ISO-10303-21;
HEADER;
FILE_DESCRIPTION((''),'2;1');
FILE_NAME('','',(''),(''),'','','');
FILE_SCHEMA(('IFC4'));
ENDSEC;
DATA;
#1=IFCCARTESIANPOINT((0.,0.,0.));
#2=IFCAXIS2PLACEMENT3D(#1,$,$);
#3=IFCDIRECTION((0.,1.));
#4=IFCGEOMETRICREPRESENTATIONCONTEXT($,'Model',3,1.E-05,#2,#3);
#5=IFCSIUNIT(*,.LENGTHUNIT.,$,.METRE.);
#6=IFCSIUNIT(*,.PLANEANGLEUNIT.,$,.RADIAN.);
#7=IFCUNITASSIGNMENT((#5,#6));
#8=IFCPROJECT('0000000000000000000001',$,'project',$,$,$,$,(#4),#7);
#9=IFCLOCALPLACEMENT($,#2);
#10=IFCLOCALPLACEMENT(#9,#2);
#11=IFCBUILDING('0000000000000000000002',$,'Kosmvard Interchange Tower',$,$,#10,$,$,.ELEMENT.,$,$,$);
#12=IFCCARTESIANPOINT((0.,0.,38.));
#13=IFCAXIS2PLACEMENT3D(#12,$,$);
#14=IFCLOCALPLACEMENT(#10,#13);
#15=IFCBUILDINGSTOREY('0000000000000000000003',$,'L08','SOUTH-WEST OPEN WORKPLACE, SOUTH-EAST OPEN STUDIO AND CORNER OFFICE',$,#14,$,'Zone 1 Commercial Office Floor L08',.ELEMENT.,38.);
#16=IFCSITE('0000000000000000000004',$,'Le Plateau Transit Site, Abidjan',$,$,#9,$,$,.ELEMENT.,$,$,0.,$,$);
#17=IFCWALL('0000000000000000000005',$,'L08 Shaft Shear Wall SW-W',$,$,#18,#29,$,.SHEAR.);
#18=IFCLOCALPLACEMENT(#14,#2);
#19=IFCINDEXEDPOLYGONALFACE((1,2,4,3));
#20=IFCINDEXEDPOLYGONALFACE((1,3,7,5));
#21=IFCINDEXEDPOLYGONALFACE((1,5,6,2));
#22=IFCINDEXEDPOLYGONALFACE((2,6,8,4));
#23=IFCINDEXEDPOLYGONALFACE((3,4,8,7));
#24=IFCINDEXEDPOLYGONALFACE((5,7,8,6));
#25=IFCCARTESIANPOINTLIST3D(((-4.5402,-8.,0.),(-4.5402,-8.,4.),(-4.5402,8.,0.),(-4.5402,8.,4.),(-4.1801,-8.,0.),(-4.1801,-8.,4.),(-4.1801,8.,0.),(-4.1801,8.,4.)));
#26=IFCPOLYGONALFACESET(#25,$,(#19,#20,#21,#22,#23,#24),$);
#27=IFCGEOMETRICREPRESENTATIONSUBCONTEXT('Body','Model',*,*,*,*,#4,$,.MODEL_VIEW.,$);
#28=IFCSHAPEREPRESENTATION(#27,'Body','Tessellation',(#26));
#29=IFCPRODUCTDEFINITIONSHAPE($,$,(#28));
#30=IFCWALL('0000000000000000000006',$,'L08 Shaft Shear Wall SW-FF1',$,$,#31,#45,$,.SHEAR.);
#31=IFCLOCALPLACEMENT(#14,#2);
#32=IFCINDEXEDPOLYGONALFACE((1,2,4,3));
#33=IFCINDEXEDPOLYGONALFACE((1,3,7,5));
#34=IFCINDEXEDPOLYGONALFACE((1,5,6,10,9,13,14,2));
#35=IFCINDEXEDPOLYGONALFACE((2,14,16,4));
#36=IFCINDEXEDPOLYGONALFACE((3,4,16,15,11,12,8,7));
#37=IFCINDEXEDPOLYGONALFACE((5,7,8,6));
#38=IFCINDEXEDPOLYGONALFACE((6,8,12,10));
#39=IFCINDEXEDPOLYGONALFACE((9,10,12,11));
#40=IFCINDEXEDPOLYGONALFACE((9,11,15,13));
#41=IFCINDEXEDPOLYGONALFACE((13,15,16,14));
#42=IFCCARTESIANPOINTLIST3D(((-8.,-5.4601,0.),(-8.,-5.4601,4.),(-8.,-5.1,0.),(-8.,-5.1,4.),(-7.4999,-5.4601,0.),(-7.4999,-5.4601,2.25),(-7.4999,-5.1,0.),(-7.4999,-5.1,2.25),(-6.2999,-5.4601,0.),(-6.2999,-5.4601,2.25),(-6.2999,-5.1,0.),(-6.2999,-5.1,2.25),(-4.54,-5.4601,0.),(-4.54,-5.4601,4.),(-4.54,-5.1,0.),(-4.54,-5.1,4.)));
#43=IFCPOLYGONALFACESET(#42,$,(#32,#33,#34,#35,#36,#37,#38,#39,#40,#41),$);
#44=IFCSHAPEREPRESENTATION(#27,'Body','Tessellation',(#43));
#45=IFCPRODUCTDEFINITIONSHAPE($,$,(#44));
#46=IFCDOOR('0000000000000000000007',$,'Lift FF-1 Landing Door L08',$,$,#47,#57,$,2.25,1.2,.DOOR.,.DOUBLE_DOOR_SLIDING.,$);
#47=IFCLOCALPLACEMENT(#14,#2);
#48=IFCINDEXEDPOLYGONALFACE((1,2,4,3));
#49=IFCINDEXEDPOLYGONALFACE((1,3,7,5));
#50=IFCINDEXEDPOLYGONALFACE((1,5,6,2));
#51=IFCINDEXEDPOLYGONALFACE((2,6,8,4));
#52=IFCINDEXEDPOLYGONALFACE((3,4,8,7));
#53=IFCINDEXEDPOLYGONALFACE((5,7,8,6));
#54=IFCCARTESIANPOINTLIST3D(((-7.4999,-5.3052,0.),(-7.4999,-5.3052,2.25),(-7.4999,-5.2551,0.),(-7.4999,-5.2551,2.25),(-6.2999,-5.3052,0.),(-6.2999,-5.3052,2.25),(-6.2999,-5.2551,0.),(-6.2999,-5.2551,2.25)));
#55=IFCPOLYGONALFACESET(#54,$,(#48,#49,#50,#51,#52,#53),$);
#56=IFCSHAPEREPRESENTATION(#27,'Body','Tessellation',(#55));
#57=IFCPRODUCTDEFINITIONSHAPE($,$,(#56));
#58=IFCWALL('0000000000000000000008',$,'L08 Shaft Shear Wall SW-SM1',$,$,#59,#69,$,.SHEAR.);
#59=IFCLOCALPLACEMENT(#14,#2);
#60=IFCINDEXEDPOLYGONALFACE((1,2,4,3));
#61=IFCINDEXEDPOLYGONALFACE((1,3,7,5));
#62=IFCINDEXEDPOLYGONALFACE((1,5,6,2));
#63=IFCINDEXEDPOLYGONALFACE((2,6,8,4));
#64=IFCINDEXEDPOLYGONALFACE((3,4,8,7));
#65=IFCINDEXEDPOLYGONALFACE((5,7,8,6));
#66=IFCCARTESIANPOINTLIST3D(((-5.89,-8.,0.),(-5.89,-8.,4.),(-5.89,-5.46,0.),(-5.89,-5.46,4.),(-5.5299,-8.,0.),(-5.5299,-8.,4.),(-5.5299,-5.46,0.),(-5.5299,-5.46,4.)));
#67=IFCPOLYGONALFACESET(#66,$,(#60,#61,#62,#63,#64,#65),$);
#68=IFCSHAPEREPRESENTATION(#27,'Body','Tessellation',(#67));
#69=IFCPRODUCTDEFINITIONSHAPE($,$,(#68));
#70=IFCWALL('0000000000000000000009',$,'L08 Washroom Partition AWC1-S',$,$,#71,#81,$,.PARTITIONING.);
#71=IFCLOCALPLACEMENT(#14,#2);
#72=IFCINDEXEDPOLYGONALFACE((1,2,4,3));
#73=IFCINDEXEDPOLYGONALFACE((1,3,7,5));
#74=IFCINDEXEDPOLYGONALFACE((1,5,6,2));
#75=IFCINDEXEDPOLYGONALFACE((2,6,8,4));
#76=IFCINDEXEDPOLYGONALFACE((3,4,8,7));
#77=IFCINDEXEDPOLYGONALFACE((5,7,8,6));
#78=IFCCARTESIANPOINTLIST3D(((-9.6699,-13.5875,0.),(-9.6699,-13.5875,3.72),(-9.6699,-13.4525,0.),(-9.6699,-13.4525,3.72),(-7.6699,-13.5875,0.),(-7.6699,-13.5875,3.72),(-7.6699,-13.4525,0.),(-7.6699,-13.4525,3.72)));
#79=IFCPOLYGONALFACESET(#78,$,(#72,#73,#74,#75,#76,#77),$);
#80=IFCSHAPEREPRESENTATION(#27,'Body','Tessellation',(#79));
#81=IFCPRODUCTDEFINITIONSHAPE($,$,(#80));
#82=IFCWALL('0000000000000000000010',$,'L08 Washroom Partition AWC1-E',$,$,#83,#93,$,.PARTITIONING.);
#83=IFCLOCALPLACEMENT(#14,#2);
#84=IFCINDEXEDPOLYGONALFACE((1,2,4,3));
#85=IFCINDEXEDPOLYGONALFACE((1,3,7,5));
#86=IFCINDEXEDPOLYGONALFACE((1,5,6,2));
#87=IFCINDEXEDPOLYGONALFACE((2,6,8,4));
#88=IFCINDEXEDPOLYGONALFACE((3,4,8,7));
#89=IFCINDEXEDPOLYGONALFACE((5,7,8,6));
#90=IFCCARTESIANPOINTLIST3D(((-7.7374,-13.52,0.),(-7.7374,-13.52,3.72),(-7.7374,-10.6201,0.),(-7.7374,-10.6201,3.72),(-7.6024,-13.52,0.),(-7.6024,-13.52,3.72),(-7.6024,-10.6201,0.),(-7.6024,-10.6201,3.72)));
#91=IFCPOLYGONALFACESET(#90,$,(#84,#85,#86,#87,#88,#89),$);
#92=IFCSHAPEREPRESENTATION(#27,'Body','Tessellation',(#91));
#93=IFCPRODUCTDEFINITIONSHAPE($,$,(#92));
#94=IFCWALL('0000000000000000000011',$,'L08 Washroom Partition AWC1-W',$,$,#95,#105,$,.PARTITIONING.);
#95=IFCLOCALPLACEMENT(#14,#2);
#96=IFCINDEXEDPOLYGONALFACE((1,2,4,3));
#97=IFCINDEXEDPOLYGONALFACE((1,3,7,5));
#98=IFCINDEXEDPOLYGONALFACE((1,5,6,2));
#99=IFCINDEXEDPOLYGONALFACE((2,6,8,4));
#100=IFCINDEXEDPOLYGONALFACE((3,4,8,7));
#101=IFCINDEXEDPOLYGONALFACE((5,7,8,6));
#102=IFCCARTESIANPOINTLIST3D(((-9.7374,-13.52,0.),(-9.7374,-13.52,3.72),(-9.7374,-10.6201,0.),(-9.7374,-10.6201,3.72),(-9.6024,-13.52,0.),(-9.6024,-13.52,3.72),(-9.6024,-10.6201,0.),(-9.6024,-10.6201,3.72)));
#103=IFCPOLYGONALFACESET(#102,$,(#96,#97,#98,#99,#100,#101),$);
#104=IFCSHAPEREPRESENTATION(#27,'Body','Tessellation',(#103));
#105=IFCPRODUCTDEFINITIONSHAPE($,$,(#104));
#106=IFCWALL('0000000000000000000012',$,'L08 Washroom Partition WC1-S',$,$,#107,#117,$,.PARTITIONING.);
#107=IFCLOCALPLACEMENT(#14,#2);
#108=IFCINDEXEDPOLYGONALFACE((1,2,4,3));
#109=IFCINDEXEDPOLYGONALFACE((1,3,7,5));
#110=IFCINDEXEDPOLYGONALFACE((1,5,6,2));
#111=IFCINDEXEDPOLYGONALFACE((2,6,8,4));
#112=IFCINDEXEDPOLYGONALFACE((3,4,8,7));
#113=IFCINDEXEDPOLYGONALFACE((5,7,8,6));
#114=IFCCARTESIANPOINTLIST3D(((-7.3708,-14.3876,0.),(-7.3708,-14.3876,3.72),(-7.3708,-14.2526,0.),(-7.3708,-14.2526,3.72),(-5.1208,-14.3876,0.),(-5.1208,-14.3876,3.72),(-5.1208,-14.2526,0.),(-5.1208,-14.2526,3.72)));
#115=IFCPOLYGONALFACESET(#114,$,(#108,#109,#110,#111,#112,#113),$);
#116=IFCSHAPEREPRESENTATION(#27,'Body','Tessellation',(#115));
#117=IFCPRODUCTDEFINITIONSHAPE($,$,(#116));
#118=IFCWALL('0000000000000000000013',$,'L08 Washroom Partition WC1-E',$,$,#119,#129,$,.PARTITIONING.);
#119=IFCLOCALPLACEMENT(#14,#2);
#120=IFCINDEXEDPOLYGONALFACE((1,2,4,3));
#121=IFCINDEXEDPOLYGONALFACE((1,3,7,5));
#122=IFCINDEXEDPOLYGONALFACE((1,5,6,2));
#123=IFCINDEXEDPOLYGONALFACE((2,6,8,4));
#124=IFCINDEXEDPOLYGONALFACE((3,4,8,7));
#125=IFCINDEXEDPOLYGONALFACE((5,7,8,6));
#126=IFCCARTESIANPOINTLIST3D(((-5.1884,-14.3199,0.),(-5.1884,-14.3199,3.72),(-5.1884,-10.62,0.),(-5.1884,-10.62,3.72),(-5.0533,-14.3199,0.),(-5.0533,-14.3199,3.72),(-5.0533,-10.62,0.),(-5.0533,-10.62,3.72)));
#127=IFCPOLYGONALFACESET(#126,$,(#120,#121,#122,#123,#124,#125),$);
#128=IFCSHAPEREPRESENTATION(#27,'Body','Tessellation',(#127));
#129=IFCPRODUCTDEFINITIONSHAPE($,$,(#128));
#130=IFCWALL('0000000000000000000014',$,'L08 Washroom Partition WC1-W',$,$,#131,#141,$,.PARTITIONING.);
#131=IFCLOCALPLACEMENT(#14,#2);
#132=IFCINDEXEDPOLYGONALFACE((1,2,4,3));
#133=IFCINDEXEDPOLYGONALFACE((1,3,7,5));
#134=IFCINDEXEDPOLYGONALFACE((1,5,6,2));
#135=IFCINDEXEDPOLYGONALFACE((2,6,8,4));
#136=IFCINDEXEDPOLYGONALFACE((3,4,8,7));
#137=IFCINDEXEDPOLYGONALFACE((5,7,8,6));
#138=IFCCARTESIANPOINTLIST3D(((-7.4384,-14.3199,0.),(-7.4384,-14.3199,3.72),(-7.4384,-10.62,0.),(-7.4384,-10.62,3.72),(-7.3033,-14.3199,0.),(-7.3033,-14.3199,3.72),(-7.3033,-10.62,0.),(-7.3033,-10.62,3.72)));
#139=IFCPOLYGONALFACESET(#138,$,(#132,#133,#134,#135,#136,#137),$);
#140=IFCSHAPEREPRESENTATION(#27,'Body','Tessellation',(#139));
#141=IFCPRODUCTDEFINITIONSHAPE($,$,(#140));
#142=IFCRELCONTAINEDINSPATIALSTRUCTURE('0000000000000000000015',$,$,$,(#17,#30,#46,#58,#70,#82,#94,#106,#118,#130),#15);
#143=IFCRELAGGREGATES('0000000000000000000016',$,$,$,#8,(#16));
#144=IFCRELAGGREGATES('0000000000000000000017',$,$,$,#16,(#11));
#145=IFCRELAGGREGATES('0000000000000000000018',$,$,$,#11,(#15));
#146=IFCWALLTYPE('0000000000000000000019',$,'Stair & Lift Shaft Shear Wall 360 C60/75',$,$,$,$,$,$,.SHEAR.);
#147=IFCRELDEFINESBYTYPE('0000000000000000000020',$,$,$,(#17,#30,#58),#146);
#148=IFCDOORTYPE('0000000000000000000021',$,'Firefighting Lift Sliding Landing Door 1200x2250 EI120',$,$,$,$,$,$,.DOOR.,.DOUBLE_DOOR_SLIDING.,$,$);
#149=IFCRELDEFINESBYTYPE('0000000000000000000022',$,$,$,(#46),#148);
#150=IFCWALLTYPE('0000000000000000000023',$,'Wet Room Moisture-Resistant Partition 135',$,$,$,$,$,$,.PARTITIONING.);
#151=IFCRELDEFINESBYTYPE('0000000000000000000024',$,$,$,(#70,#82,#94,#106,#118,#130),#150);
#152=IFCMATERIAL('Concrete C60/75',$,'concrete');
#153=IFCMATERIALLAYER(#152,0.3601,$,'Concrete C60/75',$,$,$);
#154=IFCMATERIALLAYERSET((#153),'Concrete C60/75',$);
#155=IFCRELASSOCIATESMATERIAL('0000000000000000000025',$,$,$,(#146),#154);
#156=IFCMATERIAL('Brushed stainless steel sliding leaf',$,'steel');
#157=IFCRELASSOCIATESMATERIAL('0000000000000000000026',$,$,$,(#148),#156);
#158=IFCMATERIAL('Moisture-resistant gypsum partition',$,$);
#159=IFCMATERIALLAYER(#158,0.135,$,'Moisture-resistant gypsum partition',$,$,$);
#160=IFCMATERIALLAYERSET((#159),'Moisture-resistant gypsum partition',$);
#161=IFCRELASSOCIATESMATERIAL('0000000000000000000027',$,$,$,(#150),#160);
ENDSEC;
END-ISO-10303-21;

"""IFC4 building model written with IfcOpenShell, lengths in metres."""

from ifc_helpers import new_model, si_unit, direction, frame, frame_2d, origin, place, context, subcontext, project, spatial, rectangle, extrude, source, transform, mapped, material, layer, layer_set, type_object, element, fill, save


model = new_model("IFC4")

# Units and contexts
model_context = context("Model", 3, precision=1e-05, world=origin(), true_north=direction((0.0, 1.0)))
body_context = subcontext(model_context, "Body", "Model", "MODEL_VIEW")
ifc_project = project(units=[si_unit("LENGTHUNIT", "METRE"), si_unit("PLANEANGLEUNIT", "RADIAN")], contexts=[model_context])

# Site, building, storey
site_placement = place(None, origin())
site = spatial("IfcSite", under=ifc_project, at=site_placement, Name="Le Plateau Transit Site, Abidjan", CompositionType="ELEMENT", RefElevation=0.0)
building_placement = place(site_placement, origin())
building = spatial("IfcBuilding", under=site, at=building_placement, Name="Kosmvard Interchange Tower", CompositionType="ELEMENT")
storey_placement = place(building_placement, frame((0.0, 0.0, 38.0)))
storey = spatial("IfcBuildingStorey", under=building, at=storey_placement, Name="L08", Description="SOUTH-WEST OPEN WORKPLACE, SOUTH-EAST OPEN STUDIO AND CORNER OFFICE", LongName="Zone 1 Commercial Office Floor L08", CompositionType="ELEMENT", Elevation=38.0)

# Shared definitions
ifc_material_1 = material(Name="Concrete C60/75", Category="concrete")

# Shared definitions
ifc_material_2 = material(Name="Brushed stainless steel sliding leaf", Category="steel")

# Wall
ifc_layer_1 = layer(ifc_material_1, 0.3601, Name="Concrete C60/75")
ifc_layer_set_1 = layer_set([ifc_layer_1], Name="Concrete C60/75")
wall_type_1 = type_object("IfcWallType", Name="Stair & Lift Shaft Shear Wall 360 C60/75", PredefinedType="SHEAR", material=ifc_layer_set_1)
wall_1_placement = place(storey_placement, frame((-4.3601, -8.0, 0.0), z_axis=(0.0, 0.0, 1.0), x_axis=(0.0, 1.0, 0.0)))
element("IfcWall", 1, at=wall_1_placement, inside=storey, type_object=wall_type_1, Name="L08 Shaft Shear Wall SW-W", PredefinedType="SHEAR", context=body_context, shape_type="SweptSolid", body=[
    extrude(rectangle(XDim=16.0, YDim=0.3601, at=frame_2d((8.0, 0.0))), origin(), (0.0, 0.0, 1.0), 4.0),
])

# Wall, opening, door
wall_2_placement = place(storey_placement, frame((-8.0, -5.28, 0.0), z_axis=(0.0, 0.0, 1.0), x_axis=(1.0, 0.0, 0.0)))
wall_2 = element("IfcWall", 2, at=wall_2_placement, inside=storey, type_object=wall_type_1, Name="L08 Shaft Shear Wall SW-FF1", PredefinedType="SHEAR", context=body_context, shape_type="SweptSolid", body=[
    extrude(rectangle(XDim=3.46, YDim=0.3601, at=frame_2d((1.73, 0.0))), origin(), (0.0, 0.0, 1.0), 4.0),
])
opening_1_placement = place(wall_2_placement, frame((0.5, 0.0, 0.0)))
opening_1 = element("IfcOpeningElement", 3, at=opening_1_placement, cuts=wall_2, PredefinedType="OPENING", context=body_context, shape_type="SweptSolid", body=[
    extrude(rectangle(XDim=1.2, YDim=2.25, at=frame_2d((0.6001, 1.125))), frame((0.0, 0.1899, 0.0), z_axis=(0.0, -1.0, 0.0), x_axis=(1.0, 0.0, 0.0)), (0.0, 0.0, 1.0), 0.3801),
])
door_type_1 = type_object("IfcDoorType", Name="Firefighting Lift Sliding Landing Door 1200x2250 EI120", OperationType="DOUBLE_DOOR_SLIDING", PredefinedType="DOOR", material=ifc_material_2)
shared_shape_1 = source(origin(), body_context, "Body", "SweptSolid", [
    extrude(rectangle(XDim=1.2, YDim=2.25, at=frame_2d((0.6001, 1.125))), frame((0.0, 0.0249, 0.0), z_axis=(0.0, -1.0, 0.0), x_axis=(1.0, 0.0, 0.0)), (0.0, 0.0, 1.0), 0.05),
])
door_1_placement = place(opening_1_placement, origin())
door_1 = element("IfcDoor", 4, at=door_1_placement, inside=storey, type_object=door_type_1, Name="Lift FF-1 Landing Door L08", OperationType="DOUBLE_DOOR_SLIDING", OverallHeight=2.25, OverallWidth=1.2, PredefinedType="DOOR", context=body_context, shape_type="MappedRepresentation", body=[
    mapped(shared_shape_1, transform((0.0, 0.0, 0.0), scale=1.0)),
])
fill(opening_1, door_1)

# Walls
wall_3_placement = place(storey_placement, frame((-5.71, -8.0, 0.0), z_axis=(0.0, 0.0, 1.0), x_axis=(0.0, 1.0, 0.0)))
element("IfcWall", 5, at=wall_3_placement, inside=storey, type_object=wall_type_1, Name="L08 Shaft Shear Wall SW-SM1", PredefinedType="SHEAR", context=body_context, shape_type="SweptSolid", body=[
    extrude(rectangle(XDim=2.54, YDim=0.3601, at=frame_2d((1.27, 0.0))), origin(), (0.0, 0.0, 1.0), 4.0),
])
ifc_material_3 = material(Name="Moisture-resistant gypsum partition")
ifc_layer_2 = layer(ifc_material_3, 0.135, Name="Moisture-resistant gypsum partition")
ifc_layer_set_2 = layer_set([ifc_layer_2], Name="Moisture-resistant gypsum partition")
wall_type_2 = type_object("IfcWallType", Name="Wet Room Moisture-Resistant Partition 135", PredefinedType="PARTITIONING", material=ifc_layer_set_2)
wall_4_placement = place(storey_placement, frame((-9.6699, -13.52, 0.0), z_axis=(0.0, 0.0, 1.0), x_axis=(1.0, 0.0, 0.0)))
element("IfcWall", 6, at=wall_4_placement, inside=storey, type_object=wall_type_2, Name="L08 Washroom Partition AWC1-S", PredefinedType="PARTITIONING", context=body_context, shape_type="SweptSolid", body=[
    extrude(rectangle(XDim=2.0, YDim=0.135, at=frame_2d((1.0, 0.0))), origin(), (0.0, 0.0, 1.0), 3.72),
])
for number, where, z_axis, x_axis, name in (
    (7, (-7.6699, -13.52, 0.0), (0.0, 0.0, 1.0), (0.0, 1.0, 0.0), "L08 Washroom Partition AWC1-E"),
    (8, (-9.6699, -13.52, 0.0), (0.0, 0.0, 1.0), (0.0, 1.0, 0.0), "L08 Washroom Partition AWC1-W"),
):
    element("IfcWall", number, at=place(storey_placement, frame(where, z_axis=z_axis, x_axis=x_axis)), inside=storey, type_object=wall_type_2, Name=name, PredefinedType="PARTITIONING", context=body_context, shape_type="SweptSolid", body=[
        extrude(rectangle(XDim=2.8999, YDim=0.135, at=frame_2d((1.45, 0.0))), origin(), (0.0, 0.0, 1.0), 3.72),
    ])
wall_5_placement = place(storey_placement, frame((-7.3708, -14.3201, 0.0), z_axis=(0.0, 0.0, 1.0), x_axis=(1.0, 0.0, 0.0)))
element("IfcWall", 9, at=wall_5_placement, inside=storey, type_object=wall_type_2, Name="L08 Washroom Partition WC1-S", PredefinedType="PARTITIONING", context=body_context, shape_type="SweptSolid", body=[
    extrude(rectangle(XDim=2.25, YDim=0.135, at=frame_2d((1.125, 0.0))), origin(), (0.0, 0.0, 1.0), 3.72),
])
for number, where, z_axis, x_axis, name in (
    (10, (-5.1208, -14.3201, 0.0), (0.0, 0.0, 1.0), (0.0, 1.0, 0.0), "L08 Washroom Partition WC1-E"),
    (11, (-7.3708, -14.3201, 0.0), (0.0, 0.0, 1.0), (0.0, 1.0, 0.0), "L08 Washroom Partition WC1-W"),
):
    element("IfcWall", number, at=place(storey_placement, frame(where, z_axis=z_axis, x_axis=x_axis)), inside=storey, type_object=wall_type_2, Name=name, PredefinedType="PARTITIONING", context=body_context, shape_type="SweptSolid", body=[
        extrude(rectangle(XDim=3.7, YDim=0.135, at=frame_2d((1.8501, 0.0))), origin(), (0.0, 0.0, 1.0), 3.72),
    ])

save(model, "model.ifc")
